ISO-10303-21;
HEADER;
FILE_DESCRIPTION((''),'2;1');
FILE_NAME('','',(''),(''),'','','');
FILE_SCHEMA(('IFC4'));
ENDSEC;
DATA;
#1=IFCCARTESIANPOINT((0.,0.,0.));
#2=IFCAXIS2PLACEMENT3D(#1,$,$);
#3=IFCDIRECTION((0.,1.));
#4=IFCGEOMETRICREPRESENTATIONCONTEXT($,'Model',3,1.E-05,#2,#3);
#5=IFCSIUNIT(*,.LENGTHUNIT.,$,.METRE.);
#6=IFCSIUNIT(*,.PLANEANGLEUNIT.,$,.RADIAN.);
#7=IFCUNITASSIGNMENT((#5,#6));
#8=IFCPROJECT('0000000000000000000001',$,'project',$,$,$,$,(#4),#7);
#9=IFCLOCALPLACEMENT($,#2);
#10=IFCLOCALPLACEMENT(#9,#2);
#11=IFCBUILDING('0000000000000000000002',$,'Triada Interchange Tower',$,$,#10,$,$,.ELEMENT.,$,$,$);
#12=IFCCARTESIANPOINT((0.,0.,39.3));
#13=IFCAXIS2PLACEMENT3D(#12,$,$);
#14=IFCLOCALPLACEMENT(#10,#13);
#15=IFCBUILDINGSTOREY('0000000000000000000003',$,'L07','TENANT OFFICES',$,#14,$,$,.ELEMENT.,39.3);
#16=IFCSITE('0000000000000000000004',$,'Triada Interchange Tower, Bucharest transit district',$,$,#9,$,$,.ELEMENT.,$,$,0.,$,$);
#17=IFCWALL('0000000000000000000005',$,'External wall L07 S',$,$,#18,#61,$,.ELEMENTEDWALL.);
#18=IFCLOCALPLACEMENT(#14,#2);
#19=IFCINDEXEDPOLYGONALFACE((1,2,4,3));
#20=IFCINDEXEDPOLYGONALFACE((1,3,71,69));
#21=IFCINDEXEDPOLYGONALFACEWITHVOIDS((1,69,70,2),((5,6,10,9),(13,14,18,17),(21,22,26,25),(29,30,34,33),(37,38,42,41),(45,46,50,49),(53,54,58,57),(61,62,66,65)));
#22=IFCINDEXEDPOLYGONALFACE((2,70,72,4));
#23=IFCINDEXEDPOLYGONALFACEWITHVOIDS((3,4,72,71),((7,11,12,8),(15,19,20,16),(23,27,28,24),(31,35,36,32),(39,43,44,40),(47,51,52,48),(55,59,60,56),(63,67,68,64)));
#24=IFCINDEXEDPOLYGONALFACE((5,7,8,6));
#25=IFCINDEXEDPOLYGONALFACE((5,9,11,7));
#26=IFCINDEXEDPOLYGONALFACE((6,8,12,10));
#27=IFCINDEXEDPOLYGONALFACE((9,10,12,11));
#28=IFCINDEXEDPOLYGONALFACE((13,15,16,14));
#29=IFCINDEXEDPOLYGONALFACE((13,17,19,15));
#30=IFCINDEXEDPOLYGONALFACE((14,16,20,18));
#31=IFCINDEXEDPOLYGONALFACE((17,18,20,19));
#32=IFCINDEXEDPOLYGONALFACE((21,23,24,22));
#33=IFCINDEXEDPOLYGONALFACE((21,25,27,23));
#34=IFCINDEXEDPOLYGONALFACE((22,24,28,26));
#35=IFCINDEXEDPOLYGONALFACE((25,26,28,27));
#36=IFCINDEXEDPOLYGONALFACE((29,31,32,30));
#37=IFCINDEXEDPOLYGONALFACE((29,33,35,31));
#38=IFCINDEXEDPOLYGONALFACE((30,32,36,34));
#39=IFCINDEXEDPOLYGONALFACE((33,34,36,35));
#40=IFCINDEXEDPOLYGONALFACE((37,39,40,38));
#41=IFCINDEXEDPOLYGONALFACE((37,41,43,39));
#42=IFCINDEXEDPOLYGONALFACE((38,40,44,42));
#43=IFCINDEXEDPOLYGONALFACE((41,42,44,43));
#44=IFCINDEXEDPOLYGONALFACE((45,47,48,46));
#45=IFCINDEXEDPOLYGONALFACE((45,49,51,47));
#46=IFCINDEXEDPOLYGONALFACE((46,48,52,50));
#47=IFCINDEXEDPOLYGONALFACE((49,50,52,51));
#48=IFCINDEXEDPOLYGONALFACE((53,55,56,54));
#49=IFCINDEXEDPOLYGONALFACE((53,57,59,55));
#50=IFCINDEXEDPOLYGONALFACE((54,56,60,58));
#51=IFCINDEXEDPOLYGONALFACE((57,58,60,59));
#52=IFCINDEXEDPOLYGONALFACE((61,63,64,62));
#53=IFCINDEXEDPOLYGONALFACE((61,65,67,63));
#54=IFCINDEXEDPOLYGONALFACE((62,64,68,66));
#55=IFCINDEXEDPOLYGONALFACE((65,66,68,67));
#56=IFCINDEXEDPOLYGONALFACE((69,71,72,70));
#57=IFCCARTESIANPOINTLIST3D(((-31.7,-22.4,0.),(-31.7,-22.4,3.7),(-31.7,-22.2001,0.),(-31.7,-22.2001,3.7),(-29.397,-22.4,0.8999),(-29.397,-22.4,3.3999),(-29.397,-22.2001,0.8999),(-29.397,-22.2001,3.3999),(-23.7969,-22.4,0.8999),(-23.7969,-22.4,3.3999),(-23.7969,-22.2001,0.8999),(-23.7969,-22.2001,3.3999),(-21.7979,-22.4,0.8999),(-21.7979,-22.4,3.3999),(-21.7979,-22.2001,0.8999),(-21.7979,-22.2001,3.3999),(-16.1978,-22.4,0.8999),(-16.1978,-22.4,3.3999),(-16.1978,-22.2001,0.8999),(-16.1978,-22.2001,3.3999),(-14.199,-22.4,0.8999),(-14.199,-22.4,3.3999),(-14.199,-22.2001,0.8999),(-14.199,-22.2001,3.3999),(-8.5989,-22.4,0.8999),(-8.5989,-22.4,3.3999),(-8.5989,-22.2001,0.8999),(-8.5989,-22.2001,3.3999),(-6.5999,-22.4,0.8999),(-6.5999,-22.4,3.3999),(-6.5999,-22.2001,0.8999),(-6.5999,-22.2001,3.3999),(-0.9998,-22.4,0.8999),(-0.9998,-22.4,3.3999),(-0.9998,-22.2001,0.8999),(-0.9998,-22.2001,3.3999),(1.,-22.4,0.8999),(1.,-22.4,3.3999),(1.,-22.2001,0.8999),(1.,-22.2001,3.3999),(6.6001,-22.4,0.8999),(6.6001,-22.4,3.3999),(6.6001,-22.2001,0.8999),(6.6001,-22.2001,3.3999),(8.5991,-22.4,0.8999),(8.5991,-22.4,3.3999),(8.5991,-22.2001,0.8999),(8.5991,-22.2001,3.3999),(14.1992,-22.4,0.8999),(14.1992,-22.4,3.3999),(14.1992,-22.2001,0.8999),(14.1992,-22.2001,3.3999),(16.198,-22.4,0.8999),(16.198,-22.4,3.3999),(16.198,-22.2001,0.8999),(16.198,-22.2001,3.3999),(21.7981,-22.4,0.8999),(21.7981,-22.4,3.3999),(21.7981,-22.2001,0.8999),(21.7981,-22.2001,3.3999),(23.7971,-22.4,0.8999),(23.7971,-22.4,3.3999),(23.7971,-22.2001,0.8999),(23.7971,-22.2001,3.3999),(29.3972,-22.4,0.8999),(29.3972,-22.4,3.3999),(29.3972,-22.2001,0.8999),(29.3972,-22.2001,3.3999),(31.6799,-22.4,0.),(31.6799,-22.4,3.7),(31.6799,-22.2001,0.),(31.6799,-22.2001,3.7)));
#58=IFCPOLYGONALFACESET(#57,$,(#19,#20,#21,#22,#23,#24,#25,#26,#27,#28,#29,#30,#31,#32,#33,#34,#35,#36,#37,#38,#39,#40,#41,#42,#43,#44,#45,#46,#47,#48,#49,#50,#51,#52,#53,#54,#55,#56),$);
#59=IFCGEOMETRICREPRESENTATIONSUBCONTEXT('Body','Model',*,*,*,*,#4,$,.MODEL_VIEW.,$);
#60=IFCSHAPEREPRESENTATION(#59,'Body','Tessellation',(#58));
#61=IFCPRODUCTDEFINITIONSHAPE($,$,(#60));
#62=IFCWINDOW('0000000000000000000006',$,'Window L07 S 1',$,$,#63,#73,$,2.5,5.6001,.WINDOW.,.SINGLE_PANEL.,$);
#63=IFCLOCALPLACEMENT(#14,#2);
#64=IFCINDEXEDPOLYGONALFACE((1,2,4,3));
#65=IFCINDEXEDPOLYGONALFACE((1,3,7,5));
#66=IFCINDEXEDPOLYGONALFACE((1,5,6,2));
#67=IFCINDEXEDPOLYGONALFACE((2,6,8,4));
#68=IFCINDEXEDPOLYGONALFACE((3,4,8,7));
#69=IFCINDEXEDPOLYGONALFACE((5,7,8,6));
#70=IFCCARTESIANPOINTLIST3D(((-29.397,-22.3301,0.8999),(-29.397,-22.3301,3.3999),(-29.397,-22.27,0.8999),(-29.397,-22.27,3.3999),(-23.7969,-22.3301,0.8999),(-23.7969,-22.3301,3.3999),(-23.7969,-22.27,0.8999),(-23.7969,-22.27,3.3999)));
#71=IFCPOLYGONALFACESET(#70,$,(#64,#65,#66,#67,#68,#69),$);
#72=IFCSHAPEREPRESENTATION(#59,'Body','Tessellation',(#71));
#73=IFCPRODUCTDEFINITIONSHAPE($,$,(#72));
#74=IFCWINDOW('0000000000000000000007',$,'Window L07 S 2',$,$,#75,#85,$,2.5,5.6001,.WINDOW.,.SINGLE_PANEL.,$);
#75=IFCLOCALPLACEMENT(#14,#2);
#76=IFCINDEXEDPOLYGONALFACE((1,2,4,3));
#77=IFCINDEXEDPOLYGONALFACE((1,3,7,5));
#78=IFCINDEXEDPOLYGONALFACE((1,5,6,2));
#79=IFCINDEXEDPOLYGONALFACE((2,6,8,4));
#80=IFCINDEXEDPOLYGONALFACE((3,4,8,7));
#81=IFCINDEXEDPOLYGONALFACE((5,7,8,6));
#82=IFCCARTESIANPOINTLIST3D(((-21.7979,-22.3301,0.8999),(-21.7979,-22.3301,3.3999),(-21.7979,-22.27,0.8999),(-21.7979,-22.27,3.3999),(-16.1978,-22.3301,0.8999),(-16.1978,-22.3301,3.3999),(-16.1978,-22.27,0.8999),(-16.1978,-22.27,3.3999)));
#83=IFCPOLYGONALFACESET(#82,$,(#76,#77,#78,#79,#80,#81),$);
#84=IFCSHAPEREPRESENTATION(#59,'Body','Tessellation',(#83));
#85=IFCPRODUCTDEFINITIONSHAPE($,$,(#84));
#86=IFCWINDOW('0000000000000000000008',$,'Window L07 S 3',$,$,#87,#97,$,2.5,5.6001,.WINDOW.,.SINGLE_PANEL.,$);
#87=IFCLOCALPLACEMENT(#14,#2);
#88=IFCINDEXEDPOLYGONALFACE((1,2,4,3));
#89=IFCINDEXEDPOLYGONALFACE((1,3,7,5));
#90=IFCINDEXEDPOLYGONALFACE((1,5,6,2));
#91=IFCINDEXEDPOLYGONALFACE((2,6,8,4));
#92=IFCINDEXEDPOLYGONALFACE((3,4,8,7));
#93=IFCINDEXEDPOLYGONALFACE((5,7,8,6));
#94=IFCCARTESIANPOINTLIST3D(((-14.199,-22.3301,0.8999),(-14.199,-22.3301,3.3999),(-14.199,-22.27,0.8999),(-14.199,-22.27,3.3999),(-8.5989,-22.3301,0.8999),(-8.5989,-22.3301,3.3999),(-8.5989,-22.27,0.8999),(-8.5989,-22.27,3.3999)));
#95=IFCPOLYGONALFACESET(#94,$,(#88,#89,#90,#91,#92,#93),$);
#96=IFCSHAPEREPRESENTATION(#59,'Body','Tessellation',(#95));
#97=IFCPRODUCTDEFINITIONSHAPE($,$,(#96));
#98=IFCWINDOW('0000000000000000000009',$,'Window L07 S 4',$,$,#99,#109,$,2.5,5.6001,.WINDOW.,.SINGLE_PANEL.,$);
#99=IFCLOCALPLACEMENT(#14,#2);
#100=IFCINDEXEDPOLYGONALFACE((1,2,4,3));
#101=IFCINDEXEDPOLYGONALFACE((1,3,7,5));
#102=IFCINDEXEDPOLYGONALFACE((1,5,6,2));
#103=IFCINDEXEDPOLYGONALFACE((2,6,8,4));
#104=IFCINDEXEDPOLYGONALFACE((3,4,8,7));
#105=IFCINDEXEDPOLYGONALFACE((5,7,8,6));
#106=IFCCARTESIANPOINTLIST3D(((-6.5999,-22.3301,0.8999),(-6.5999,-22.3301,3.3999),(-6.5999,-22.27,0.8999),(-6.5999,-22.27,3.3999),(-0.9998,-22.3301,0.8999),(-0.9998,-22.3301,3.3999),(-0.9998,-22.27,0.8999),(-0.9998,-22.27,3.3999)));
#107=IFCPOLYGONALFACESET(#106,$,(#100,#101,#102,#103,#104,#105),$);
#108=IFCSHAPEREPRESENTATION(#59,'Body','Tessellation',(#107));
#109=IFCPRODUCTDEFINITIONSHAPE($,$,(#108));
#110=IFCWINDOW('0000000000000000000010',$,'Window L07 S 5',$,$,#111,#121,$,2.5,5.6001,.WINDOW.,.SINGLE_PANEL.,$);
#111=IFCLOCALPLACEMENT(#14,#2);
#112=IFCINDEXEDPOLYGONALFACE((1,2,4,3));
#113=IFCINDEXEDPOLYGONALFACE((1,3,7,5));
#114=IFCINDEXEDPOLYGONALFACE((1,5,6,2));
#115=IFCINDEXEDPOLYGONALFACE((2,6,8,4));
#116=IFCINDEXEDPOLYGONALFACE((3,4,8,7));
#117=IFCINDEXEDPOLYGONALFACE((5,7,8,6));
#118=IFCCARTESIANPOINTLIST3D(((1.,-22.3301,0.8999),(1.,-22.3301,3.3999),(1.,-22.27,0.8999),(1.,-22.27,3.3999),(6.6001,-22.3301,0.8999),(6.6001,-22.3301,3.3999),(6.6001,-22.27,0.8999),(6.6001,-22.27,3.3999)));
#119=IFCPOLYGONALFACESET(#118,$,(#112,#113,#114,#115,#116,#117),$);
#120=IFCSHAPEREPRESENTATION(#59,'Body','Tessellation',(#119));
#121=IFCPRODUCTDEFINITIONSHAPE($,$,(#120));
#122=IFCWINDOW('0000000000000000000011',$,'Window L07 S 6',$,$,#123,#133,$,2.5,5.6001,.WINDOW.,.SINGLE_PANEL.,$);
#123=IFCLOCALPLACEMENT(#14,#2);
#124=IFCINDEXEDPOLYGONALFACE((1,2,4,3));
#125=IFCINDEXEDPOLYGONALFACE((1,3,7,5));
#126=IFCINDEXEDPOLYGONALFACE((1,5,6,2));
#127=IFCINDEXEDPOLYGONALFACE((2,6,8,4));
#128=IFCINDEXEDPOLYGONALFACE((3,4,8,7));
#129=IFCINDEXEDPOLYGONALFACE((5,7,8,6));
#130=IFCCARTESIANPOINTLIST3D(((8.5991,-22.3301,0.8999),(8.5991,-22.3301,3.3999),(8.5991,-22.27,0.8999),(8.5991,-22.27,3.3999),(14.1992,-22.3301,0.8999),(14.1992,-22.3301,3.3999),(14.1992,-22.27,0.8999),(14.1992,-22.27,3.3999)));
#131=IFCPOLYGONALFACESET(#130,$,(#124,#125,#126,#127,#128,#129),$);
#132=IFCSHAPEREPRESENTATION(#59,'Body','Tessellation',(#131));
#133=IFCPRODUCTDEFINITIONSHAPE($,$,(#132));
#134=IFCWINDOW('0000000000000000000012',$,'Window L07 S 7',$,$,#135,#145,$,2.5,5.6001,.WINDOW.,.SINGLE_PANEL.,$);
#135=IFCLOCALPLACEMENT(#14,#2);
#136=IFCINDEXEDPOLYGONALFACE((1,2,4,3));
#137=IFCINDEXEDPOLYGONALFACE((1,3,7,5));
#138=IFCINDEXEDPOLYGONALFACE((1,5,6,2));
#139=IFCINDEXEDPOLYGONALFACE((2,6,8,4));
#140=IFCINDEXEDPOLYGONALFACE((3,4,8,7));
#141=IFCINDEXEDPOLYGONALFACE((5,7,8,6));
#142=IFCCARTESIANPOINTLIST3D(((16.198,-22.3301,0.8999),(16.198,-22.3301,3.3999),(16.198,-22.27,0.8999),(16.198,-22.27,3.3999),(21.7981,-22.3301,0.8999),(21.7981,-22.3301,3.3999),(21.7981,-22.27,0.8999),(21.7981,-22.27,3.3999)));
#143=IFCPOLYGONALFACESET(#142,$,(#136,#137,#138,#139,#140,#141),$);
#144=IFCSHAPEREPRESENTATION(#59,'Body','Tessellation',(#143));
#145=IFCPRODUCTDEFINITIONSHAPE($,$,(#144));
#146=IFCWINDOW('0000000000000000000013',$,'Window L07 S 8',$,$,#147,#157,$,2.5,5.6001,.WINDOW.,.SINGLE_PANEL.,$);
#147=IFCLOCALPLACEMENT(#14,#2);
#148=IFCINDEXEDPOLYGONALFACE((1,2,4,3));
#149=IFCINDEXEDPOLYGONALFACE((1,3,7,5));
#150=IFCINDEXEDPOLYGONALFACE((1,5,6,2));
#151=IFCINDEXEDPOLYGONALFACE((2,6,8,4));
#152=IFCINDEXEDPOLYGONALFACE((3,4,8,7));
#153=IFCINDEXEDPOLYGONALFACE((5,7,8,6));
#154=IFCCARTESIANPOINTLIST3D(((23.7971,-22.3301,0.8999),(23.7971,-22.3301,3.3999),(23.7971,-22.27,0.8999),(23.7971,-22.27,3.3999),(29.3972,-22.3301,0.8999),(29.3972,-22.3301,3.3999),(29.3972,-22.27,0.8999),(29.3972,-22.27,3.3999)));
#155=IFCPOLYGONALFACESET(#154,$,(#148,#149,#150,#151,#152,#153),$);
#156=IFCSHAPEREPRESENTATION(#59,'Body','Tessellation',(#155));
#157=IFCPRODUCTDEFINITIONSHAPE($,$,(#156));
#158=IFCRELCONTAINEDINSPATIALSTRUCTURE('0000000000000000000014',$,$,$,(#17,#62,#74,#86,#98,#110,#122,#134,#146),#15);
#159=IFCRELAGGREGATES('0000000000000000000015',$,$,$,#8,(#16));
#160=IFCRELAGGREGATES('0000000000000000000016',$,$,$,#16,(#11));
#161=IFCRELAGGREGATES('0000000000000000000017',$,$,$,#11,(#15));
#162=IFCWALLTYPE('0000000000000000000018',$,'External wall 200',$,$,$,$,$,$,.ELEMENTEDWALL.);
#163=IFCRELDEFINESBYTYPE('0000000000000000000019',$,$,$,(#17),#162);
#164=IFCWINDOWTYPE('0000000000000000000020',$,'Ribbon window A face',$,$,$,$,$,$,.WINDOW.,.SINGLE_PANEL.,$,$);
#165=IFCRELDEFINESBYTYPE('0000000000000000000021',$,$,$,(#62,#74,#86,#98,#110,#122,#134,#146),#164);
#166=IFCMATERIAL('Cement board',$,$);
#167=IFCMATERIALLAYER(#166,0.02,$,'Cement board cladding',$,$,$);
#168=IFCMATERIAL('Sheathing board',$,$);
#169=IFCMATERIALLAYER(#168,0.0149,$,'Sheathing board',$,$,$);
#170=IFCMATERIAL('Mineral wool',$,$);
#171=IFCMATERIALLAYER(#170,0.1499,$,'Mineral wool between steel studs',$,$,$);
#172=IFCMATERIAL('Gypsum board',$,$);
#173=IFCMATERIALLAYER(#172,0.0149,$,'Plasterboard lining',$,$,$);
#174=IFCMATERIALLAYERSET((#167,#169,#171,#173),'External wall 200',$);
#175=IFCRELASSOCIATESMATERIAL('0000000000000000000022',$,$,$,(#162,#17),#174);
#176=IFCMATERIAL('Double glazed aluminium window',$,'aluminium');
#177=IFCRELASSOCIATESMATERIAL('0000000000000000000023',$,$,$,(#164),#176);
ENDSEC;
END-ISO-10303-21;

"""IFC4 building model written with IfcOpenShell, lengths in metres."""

from ifc_helpers import new_model, si_unit, direction, frame, frame_2d, origin, place, context, subcontext, project, spatial, rectangle, extrude, material, layer, layer_set, layer_usage, type_object, element, fill, save


model = new_model("IFC4")

# Units and contexts
model_context = context("Model", 3, precision=1e-05, world=origin(), true_north=direction((0.0, 1.0)))
body_context = subcontext(model_context, "Body", "Model", "MODEL_VIEW")
ifc_project = project(units=[si_unit("LENGTHUNIT", "METRE"), si_unit("PLANEANGLEUNIT", "RADIAN")], contexts=[model_context])

# Site, building, storey
site_placement = place(None, origin())
site = spatial("IfcSite", under=ifc_project, at=site_placement, Name="Triada Interchange Tower, Bucharest transit district", CompositionType="ELEMENT", RefElevation=0.0)
building_placement = place(site_placement, origin())
building = spatial("IfcBuilding", under=site, at=building_placement, Name="Triada Interchange Tower", CompositionType="ELEMENT")
storey_placement = place(building_placement, frame((0.0, 0.0, 39.3)))
storey = spatial("IfcBuildingStorey", under=building, at=storey_placement, Name="L07", Description="TENANT OFFICES", CompositionType="ELEMENT", Elevation=39.3)

# Shared definitions
ifc_material_1 = material(Name="Cement board")
ifc_layer_1 = layer(ifc_material_1, 0.02, Name="Cement board cladding")
ifc_material_2 = material(Name="Sheathing board")
ifc_layer_2 = layer(ifc_material_2, 0.0149, Name="Sheathing board")
ifc_material_3 = material(Name="Mineral wool")
ifc_layer_3 = layer(ifc_material_3, 0.1499, Name="Mineral wool between steel studs")
ifc_material_4 = material(Name="Gypsum board")
ifc_layer_4 = layer(ifc_material_4, 0.0149, Name="Plasterboard lining")
ifc_layer_set_1 = layer_set([ifc_layer_1, ifc_layer_2, ifc_layer_3, ifc_layer_4], Name="External wall 200")
ifc_layer_usage = layer_usage(ifc_layer_set_1, "AXIS2", "POSITIVE", -0.1001)
wall_type_1 = type_object("IfcWallType", Name="External wall 200", PredefinedType="ELEMENTEDWALL", material=ifc_layer_set_1)
ifc_material_5 = material(Name="Double glazed aluminium window", Category="aluminium")

# Wall, openings, windows
wall_1_placement = place(storey_placement, frame((-31.7, -22.3, 0.0), z_axis=(0.0, 0.0, 1.0), x_axis=(1.0, 0.0, 0.0)))
wall_1 = element("IfcWall", 1, at=wall_1_placement, inside=storey, type_object=wall_type_1, material=ifc_layer_usage, Name="External wall L07 S", PredefinedType="ELEMENTEDWALL", context=body_context, shape_type="SweptSolid", body=[
    extrude(rectangle(XDim=63.3799, YDim=0.2, at=frame_2d((31.6899, 0.0))), origin(), (0.0, 0.0, 1.0), 3.7),
])
opening_1_placement = place(wall_1_placement, frame((2.303, 0.0, 0.8999)))
opening_1 = element("IfcOpeningElement", 2, at=opening_1_placement, cuts=wall_1, PredefinedType="OPENING", context=body_context, shape_type="SweptSolid", body=[
    extrude(rectangle(XDim=5.6001, YDim=2.5, at=frame_2d((2.8, 1.25))), frame((0.0, 0.1099, 0.0), z_axis=(0.0, -1.0, 0.0), x_axis=(1.0, 0.0, 0.0)), (0.0, 0.0, 1.0), 0.22),
])
opening_2_placement = place(wall_1_placement, frame((9.9021, 0.0, 0.8999)))
opening_2 = element("IfcOpeningElement", 3, at=opening_2_placement, cuts=wall_1, PredefinedType="OPENING", context=body_context, shape_type="SweptSolid", body=[
    extrude(rectangle(XDim=5.6001, YDim=2.5, at=frame_2d((2.8, 1.25))), frame((0.0, 0.1099, 0.0), z_axis=(0.0, -1.0, 0.0), x_axis=(1.0, 0.0, 0.0)), (0.0, 0.0, 1.0), 0.22),
])
opening_3_placement = place(wall_1_placement, frame((17.501, 0.0, 0.8999)))
opening_3 = element("IfcOpeningElement", 4, at=opening_3_placement, cuts=wall_1, PredefinedType="OPENING", context=body_context, shape_type="SweptSolid", body=[
    extrude(rectangle(XDim=5.6001, YDim=2.5, at=frame_2d((2.8, 1.25))), frame((0.0, 0.1099, 0.0), z_axis=(0.0, -1.0, 0.0), x_axis=(1.0, 0.0, 0.0)), (0.0, 0.0, 1.0), 0.22),
])
opening_4_placement = place(wall_1_placement, frame((25.1001, 0.0, 0.8999)))
opening_4 = element("IfcOpeningElement", 5, at=opening_4_placement, cuts=wall_1, PredefinedType="OPENING", context=body_context, shape_type="SweptSolid", body=[
    extrude(rectangle(XDim=5.6001, YDim=2.5, at=frame_2d((2.8, 1.25))), frame((0.0, 0.1099, 0.0), z_axis=(0.0, -1.0, 0.0), x_axis=(1.0, 0.0, 0.0)), (0.0, 0.0, 1.0), 0.22),
])
opening_5_placement = place(wall_1_placement, frame((32.7, 0.0, 0.8999)))
opening_5 = element("IfcOpeningElement", 6, at=opening_5_placement, cuts=wall_1, PredefinedType="OPENING", context=body_context, shape_type="SweptSolid", body=[
    extrude(rectangle(XDim=5.6001, YDim=2.5, at=frame_2d((2.8, 1.25))), frame((0.0, 0.1099, 0.0), z_axis=(0.0, -1.0, 0.0), x_axis=(1.0, 0.0, 0.0)), (0.0, 0.0, 1.0), 0.22),
])
opening_6_placement = place(wall_1_placement, frame((40.2991, 0.0, 0.8999)))
opening_6 = element("IfcOpeningElement", 7, at=opening_6_placement, cuts=wall_1, PredefinedType="OPENING", context=body_context, shape_type="SweptSolid", body=[
    extrude(rectangle(XDim=5.6001, YDim=2.5, at=frame_2d((2.8, 1.25))), frame((0.0, 0.1099, 0.0), z_axis=(0.0, -1.0, 0.0), x_axis=(1.0, 0.0, 0.0)), (0.0, 0.0, 1.0), 0.22),
])
opening_7_placement = place(wall_1_placement, frame((47.8979, 0.0, 0.8999)))
opening_7 = element("IfcOpeningElement", 8, at=opening_7_placement, cuts=wall_1, PredefinedType="OPENING", context=body_context, shape_type="SweptSolid", body=[
    extrude(rectangle(XDim=5.6001, YDim=2.5, at=frame_2d((2.8, 1.25))), frame((0.0, 0.1099, 0.0), z_axis=(0.0, -1.0, 0.0), x_axis=(1.0, 0.0, 0.0)), (0.0, 0.0, 1.0), 0.22),
])
opening_8_placement = place(wall_1_placement, frame((55.4971, 0.0, 0.8999)))
opening_8 = element("IfcOpeningElement", 9, at=opening_8_placement, cuts=wall_1, PredefinedType="OPENING", context=body_context, shape_type="SweptSolid", body=[
    extrude(rectangle(XDim=5.6001, YDim=2.5, at=frame_2d((2.8, 1.25))), frame((0.0, 0.1099, 0.0), z_axis=(0.0, -1.0, 0.0), x_axis=(1.0, 0.0, 0.0)), (0.0, 0.0, 1.0), 0.22),
])
window_type_1 = type_object("IfcWindowType", Name="Ribbon window A face", PartitioningType="SINGLE_PANEL", PredefinedType="WINDOW", material=ifc_material_5)
window_1_placement = place(opening_1_placement, origin())
window_1 = element("IfcWindow", 10, at=window_1_placement, inside=storey, type_object=window_type_1, Name="Window L07 S 1", OverallHeight=2.5, OverallWidth=5.6001, PartitioningType="SINGLE_PANEL", PredefinedType="WINDOW", context=body_context, shape_type="SweptSolid", body=[
    extrude(rectangle(XDim=5.6001, YDim=2.5, at=frame_2d((2.8, 1.25))), frame((0.0, 0.03, 0.0), z_axis=(0.0, -1.0, 0.0), x_axis=(1.0, 0.0, 0.0)), (0.0, 0.0, 1.0), 0.0601),
])
fill(opening_1, window_1)
window_2_placement = place(opening_2_placement, origin())
window_2 = element("IfcWindow", 11, at=window_2_placement, inside=storey, type_object=window_type_1, Name="Window L07 S 2", OverallHeight=2.5, OverallWidth=5.6001, PartitioningType="SINGLE_PANEL", PredefinedType="WINDOW", context=body_context, shape_type="SweptSolid", body=[
    extrude(rectangle(XDim=5.6001, YDim=2.5, at=frame_2d((2.8, 1.25))), frame((0.0, 0.03, 0.0), z_axis=(0.0, -1.0, 0.0), x_axis=(1.0, 0.0, 0.0)), (0.0, 0.0, 1.0), 0.0601),
])
fill(opening_2, window_2)
window_3_placement = place(opening_3_placement, origin())
window_3 = element("IfcWindow", 12, at=window_3_placement, inside=storey, type_object=window_type_1, Name="Window L07 S 3", OverallHeight=2.5, OverallWidth=5.6001, PartitioningType="SINGLE_PANEL", PredefinedType="WINDOW", context=body_context, shape_type="SweptSolid", body=[
    extrude(rectangle(XDim=5.6001, YDim=2.5, at=frame_2d((2.8, 1.25))), frame((0.0, 0.03, 0.0), z_axis=(0.0, -1.0, 0.0), x_axis=(1.0, 0.0, 0.0)), (0.0, 0.0, 1.0), 0.0601),
])
fill(opening_3, window_3)
window_4_placement = place(opening_4_placement, origin())
window_4 = element("IfcWindow", 13, at=window_4_placement, inside=storey, type_object=window_type_1, Name="Window L07 S 4", OverallHeight=2.5, OverallWidth=5.6001, PartitioningType="SINGLE_PANEL", PredefinedType="WINDOW", context=body_context, shape_type="SweptSolid", body=[
    extrude(rectangle(XDim=5.6001, YDim=2.5, at=frame_2d((2.8, 1.25))), frame((0.0, 0.03, 0.0), z_axis=(0.0, -1.0, 0.0), x_axis=(1.0, 0.0, 0.0)), (0.0, 0.0, 1.0), 0.0601),
])
fill(opening_4, window_4)
window_5_placement = place(opening_5_placement, origin())
window_5 = element("IfcWindow", 14, at=window_5_placement, inside=storey, type_object=window_type_1, Name="Window L07 S 5", OverallHeight=2.5, OverallWidth=5.6001, PartitioningType="SINGLE_PANEL", PredefinedType="WINDOW", context=body_context, shape_type="SweptSolid", body=[
    extrude(rectangle(XDim=5.6001, YDim=2.5, at=frame_2d((2.8, 1.25))), frame((0.0, 0.03, 0.0), z_axis=(0.0, -1.0, 0.0), x_axis=(1.0, 0.0, 0.0)), (0.0, 0.0, 1.0), 0.0601),
])
fill(opening_5, window_5)
window_6_placement = place(opening_6_placement, origin())
window_6 = element("IfcWindow", 15, at=window_6_placement, inside=storey, type_object=window_type_1, Name="Window L07 S 6", OverallHeight=2.5, OverallWidth=5.6001, PartitioningType="SINGLE_PANEL", PredefinedType="WINDOW", context=body_context, shape_type="SweptSolid", body=[
    extrude(rectangle(XDim=5.6001, YDim=2.5, at=frame_2d((2.8, 1.25))), frame((0.0, 0.03, 0.0), z_axis=(0.0, -1.0, 0.0), x_axis=(1.0, 0.0, 0.0)), (0.0, 0.0, 1.0), 0.0601),
])
fill(opening_6, window_6)
window_7_placement = place(opening_7_placement, origin())
window_7 = element("IfcWindow", 16, at=window_7_placement, inside=storey, type_object=window_type_1, Name="Window L07 S 7", OverallHeight=2.5, OverallWidth=5.6001, PartitioningType="SINGLE_PANEL", PredefinedType="WINDOW", context=body_context, shape_type="SweptSolid", body=[
    extrude(rectangle(XDim=5.6001, YDim=2.5, at=frame_2d((2.8, 1.25))), frame((0.0, 0.03, 0.0), z_axis=(0.0, -1.0, 0.0), x_axis=(1.0, 0.0, 0.0)), (0.0, 0.0, 1.0), 0.0601),
])
fill(opening_7, window_7)
window_8_placement = place(opening_8_placement, origin())
window_8 = element("IfcWindow", 17, at=window_8_placement, inside=storey, type_object=window_type_1, Name="Window L07 S 8", OverallHeight=2.5, OverallWidth=5.6001, PartitioningType="SINGLE_PANEL", PredefinedType="WINDOW", context=body_context, shape_type="SweptSolid", body=[
    extrude(rectangle(XDim=5.6001, YDim=2.5, at=frame_2d((2.8, 1.25))), frame((0.0, 0.03, 0.0), z_axis=(0.0, -1.0, 0.0), x_axis=(1.0, 0.0, 0.0)), (0.0, 0.0, 1.0), 0.0601),
])
fill(opening_8, window_8)

save(model, "model.ifc")
